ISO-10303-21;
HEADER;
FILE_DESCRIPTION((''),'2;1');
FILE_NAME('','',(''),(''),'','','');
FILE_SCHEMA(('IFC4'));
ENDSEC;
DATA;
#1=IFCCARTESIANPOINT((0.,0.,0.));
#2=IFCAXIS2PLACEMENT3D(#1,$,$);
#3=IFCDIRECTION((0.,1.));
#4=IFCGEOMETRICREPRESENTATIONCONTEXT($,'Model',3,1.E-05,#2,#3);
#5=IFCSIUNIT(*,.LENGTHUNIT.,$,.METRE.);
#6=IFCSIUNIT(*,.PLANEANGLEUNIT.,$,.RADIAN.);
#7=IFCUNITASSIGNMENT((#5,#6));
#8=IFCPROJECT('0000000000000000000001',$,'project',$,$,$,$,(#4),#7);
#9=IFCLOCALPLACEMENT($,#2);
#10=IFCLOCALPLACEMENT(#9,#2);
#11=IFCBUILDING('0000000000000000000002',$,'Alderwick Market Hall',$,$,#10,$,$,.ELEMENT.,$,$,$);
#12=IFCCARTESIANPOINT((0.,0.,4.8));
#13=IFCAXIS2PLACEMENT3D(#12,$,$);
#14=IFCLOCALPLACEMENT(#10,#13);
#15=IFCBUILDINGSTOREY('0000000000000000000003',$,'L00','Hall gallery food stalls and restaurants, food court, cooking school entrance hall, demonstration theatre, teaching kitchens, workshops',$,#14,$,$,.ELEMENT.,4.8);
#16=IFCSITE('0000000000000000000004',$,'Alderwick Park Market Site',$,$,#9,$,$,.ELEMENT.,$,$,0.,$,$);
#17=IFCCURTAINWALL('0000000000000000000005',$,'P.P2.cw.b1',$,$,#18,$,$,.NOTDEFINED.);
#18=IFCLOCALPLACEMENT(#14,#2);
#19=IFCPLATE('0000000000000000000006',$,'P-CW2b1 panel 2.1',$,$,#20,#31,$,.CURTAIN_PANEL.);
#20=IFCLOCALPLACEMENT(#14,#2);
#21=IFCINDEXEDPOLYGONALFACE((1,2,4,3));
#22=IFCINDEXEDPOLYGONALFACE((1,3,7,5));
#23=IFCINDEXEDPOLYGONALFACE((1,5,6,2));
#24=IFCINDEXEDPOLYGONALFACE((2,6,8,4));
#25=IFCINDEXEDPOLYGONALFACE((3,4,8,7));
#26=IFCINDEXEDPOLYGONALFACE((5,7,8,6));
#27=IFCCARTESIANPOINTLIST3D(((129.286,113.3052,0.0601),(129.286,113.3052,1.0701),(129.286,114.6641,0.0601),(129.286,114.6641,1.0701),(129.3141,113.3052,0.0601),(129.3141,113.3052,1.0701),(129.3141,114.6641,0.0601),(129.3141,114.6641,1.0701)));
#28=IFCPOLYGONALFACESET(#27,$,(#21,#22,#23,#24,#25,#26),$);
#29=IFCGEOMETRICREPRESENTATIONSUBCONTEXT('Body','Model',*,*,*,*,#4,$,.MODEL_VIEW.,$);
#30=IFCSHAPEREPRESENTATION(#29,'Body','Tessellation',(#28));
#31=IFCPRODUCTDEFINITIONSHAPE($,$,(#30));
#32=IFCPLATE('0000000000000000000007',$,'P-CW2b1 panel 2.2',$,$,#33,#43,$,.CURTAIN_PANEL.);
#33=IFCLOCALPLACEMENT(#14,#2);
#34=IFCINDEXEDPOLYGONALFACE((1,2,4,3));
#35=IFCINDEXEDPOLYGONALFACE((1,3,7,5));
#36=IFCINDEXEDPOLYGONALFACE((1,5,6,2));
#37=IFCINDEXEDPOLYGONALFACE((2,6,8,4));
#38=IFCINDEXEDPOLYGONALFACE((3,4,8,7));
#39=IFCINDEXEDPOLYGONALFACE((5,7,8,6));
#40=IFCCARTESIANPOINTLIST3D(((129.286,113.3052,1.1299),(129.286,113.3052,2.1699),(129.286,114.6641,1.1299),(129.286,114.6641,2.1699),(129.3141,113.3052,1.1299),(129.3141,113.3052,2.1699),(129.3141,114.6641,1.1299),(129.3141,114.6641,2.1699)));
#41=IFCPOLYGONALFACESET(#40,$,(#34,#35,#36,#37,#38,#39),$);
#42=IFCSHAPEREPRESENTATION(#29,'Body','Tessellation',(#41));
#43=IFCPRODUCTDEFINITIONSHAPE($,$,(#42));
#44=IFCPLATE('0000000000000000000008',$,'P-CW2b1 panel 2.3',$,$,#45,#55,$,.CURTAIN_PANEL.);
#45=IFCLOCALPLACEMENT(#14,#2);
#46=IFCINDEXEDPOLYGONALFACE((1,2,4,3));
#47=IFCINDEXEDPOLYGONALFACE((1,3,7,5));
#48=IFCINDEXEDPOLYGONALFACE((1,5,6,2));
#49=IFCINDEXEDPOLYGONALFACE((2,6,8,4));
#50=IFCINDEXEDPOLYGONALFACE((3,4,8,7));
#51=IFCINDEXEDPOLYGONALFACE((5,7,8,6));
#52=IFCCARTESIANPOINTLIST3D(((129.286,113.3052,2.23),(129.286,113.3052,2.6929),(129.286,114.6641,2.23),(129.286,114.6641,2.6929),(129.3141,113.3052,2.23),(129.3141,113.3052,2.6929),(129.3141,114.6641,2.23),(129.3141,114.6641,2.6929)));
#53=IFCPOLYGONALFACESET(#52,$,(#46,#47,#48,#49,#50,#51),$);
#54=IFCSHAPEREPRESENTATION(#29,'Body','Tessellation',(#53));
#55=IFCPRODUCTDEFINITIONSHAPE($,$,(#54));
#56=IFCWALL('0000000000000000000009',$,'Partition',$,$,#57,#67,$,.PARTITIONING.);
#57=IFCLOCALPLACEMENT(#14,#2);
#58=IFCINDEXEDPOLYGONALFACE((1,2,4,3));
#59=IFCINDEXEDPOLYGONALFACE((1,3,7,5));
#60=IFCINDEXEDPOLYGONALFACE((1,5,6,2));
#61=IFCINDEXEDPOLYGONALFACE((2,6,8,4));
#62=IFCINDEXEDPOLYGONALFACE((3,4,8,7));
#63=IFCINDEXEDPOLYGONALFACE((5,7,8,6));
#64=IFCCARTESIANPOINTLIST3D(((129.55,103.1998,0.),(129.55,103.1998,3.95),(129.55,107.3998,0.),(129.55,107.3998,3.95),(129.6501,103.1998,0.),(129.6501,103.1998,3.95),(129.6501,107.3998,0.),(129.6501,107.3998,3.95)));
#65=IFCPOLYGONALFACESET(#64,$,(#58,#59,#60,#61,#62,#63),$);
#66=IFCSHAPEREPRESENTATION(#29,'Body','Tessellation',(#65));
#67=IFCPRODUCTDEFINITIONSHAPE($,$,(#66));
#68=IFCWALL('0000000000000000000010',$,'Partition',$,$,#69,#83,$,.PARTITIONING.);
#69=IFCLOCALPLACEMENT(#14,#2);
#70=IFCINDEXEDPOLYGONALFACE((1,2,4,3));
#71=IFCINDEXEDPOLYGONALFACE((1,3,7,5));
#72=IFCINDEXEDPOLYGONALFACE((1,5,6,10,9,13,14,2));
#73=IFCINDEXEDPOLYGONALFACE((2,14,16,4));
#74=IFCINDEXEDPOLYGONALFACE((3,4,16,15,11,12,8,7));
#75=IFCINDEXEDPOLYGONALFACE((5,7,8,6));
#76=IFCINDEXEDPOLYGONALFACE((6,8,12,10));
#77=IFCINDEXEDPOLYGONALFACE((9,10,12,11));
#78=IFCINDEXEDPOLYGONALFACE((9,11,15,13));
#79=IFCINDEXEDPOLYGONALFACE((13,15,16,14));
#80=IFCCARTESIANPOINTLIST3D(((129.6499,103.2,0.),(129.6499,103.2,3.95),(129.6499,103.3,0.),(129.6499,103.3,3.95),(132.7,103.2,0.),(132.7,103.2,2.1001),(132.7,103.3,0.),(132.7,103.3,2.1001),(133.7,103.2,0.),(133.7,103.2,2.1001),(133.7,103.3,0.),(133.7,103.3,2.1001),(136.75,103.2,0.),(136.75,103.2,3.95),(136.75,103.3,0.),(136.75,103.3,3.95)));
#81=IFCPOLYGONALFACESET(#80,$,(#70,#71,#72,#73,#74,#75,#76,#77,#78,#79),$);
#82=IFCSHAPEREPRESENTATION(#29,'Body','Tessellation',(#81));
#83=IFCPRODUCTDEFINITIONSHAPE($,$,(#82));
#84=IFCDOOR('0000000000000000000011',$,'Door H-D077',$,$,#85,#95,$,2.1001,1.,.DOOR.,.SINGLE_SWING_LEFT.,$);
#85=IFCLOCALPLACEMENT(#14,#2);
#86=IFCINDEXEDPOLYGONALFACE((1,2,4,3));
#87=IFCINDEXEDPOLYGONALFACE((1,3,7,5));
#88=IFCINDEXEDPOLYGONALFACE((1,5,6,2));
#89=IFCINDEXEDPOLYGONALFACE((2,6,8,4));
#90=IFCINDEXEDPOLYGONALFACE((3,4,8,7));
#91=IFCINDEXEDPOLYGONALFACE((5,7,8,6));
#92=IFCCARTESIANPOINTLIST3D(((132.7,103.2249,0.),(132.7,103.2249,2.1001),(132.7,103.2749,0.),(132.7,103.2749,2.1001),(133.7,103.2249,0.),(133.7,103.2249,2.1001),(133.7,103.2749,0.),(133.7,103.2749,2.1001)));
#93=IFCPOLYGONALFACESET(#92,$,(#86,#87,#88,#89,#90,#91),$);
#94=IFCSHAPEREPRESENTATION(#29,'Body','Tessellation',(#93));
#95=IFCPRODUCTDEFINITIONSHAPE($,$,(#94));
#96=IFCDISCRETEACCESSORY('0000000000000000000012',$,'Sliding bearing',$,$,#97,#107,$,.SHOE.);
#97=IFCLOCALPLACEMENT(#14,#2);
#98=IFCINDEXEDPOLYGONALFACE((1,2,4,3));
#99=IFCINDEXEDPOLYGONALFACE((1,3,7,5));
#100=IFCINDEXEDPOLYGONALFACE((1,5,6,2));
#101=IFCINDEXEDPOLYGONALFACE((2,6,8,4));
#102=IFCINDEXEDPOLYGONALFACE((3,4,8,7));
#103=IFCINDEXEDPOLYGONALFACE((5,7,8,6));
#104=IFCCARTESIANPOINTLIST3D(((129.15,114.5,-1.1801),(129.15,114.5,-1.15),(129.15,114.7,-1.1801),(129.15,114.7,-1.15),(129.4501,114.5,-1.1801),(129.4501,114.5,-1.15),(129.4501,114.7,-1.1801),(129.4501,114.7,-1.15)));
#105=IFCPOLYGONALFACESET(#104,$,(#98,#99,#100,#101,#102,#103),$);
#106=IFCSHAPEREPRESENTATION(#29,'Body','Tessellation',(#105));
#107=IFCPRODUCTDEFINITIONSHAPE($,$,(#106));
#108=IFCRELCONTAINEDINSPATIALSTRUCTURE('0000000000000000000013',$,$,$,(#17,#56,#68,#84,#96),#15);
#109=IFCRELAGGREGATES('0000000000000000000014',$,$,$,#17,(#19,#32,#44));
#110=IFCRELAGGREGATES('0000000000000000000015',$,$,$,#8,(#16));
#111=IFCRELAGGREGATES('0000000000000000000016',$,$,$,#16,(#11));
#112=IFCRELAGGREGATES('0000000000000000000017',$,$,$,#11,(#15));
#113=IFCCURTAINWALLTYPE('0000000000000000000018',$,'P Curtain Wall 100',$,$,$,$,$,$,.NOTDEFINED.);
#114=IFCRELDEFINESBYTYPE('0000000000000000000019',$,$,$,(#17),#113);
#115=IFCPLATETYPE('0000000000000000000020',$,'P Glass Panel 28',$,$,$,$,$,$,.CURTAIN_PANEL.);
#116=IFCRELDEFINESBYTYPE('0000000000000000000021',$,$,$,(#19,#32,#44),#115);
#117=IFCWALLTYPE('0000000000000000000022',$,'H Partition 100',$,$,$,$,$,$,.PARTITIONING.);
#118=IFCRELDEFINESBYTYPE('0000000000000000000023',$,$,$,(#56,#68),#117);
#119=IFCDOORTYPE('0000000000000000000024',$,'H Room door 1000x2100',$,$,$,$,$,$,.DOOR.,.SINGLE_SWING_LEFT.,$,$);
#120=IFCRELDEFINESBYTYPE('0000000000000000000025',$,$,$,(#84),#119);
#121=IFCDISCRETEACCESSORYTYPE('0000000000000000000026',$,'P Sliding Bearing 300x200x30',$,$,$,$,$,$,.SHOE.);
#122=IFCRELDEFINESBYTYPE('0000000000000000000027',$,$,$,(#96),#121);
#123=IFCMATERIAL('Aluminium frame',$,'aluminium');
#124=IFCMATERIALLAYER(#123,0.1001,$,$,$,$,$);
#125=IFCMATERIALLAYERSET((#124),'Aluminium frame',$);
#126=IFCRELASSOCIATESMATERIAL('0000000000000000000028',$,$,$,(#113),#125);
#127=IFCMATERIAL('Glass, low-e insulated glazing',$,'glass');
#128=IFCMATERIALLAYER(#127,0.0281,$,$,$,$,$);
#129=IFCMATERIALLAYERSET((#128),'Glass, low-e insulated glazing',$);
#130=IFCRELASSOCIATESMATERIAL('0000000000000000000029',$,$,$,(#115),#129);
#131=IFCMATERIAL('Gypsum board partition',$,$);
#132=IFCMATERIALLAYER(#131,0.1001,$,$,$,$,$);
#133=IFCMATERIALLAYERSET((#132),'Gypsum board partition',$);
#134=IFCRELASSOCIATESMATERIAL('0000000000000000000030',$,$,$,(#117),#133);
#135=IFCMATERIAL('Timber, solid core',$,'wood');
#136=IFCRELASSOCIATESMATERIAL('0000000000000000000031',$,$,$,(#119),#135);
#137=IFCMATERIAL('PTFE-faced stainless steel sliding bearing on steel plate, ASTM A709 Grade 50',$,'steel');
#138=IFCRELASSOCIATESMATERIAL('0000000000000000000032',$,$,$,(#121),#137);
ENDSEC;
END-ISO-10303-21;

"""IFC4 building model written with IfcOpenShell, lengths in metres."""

from ifc_helpers import new_model, si_unit, direction, frame, frame_2d, origin, origin_2d, place, context, subcontext, project, spatial, rectangle, extrude, material, layer, layer_set, material_profile, profile_set, type_object, element, fill, aggregate, save


model = new_model("IFC4")

# Units and contexts
model_context = context("Model", 3, precision=1e-05, world=origin(), true_north=direction((0.0, 1.0)))
body_context = subcontext(model_context, "Body", "Model", "MODEL_VIEW")
ifc_project = project(units=[si_unit("LENGTHUNIT", "METRE"), si_unit("PLANEANGLEUNIT", "RADIAN")], contexts=[model_context])

# Site, building, storey
site_placement = place(None, origin())
site = spatial("IfcSite", under=ifc_project, at=site_placement, Name="Alderwick Park Market Site", CompositionType="ELEMENT", RefElevation=0.0)
building_placement = place(site_placement, origin())
building = spatial("IfcBuilding", under=site, at=building_placement, Name="Alderwick Market Hall", CompositionType="ELEMENT")
storey_placement = place(building_placement, frame((0.0, 0.0, 4.8)))
storey = spatial("IfcBuildingStorey", under=building, at=storey_placement, Name="L00", Description="Hall gallery food stalls and restaurants, food court, cooking school entrance hall, demonstration theatre, teaching kitchens, workshops", CompositionType="ELEMENT", Elevation=4.8)

# Curtain wall
ifc_material_1 = material(Name="Aluminium frame", Category="aluminium")
ifc_layer_1 = layer(ifc_material_1, 0.1001)
ifc_layer_set_1 = layer_set([ifc_layer_1], Name="Aluminium frame")
curtain_wall_type = type_object("IfcCurtainWallType", Name="P Curtain Wall 100", PredefinedType="NOTDEFINED", material=ifc_layer_set_1)
curtain_wall_placement = place(storey_placement, origin())
curtain_wall = element("IfcCurtainWall", 1, at=curtain_wall_placement, inside=storey, type_object=curtain_wall_type, Name="P.P2.cw.b1", PredefinedType="NOTDEFINED")

# Plates
ifc_material_2 = material(Name="Glass, low-e insulated glazing", Category="glass")
ifc_layer_2 = layer(ifc_material_2, 0.0281)
ifc_layer_set_2 = layer_set([ifc_layer_2], Name="Glass, low-e insulated glazing")
plate_type = type_object("IfcPlateType", Name="P Glass Panel 28", PredefinedType="CURTAIN_PANEL", material=ifc_layer_set_2)
plate_1_placement = place(storey_placement, frame((129.3, 113.9846, 0.0601), z_axis=(0.0, 0.0, 1.0), x_axis=(0.0, 1.0, 0.0)))
plate_1 = element("IfcPlate", 2, at=plate_1_placement, type_object=plate_type, Name="P-CW2b1 panel 2.1", PredefinedType="CURTAIN_PANEL", context=body_context, shape_type="SweptSolid", body=[
    extrude(rectangle(XDim=1.3589, YDim=0.0281, at=origin_2d()), origin(), (0.0, 0.0, 1.0), 1.01),
])
plate_2_placement = place(storey_placement, frame((129.3, 113.9846, 1.1299), z_axis=(0.0, 0.0, 1.0), x_axis=(0.0, 1.0, 0.0)))
plate_2 = element("IfcPlate", 3, at=plate_2_placement, type_object=plate_type, Name="P-CW2b1 panel 2.2", PredefinedType="CURTAIN_PANEL", context=body_context, shape_type="SweptSolid", body=[
    extrude(rectangle(XDim=1.3589, YDim=0.0281, at=origin_2d()), origin(), (0.0, 0.0, 1.0), 1.04),
])
plate_3_placement = place(storey_placement, frame((129.3, 113.9846, 2.23), z_axis=(0.0, 0.0, 1.0), x_axis=(0.0, 1.0, 0.0)))
plate_3 = element("IfcPlate", 4, at=plate_3_placement, type_object=plate_type, Name="P-CW2b1 panel 2.3", PredefinedType="CURTAIN_PANEL", context=body_context, shape_type="SweptSolid", body=[
    extrude(rectangle(XDim=1.3589, YDim=0.0281, at=origin_2d()), origin(), (0.0, 0.0, 1.0), 0.4629),
])
aggregate(curtain_wall, [plate_1, plate_2, plate_3])

# Wall
ifc_material_3 = material(Name="Gypsum board partition")
ifc_layer_3 = layer(ifc_material_3, 0.1001)
ifc_layer_set_3 = layer_set([ifc_layer_3], Name="Gypsum board partition")
wall_type = type_object("IfcWallType", Name="H Partition 100", PredefinedType="PARTITIONING", material=ifc_layer_set_3)
wall_1_placement = place(storey_placement, frame((129.6001, 107.3999, 0.0), z_axis=(0.0, 0.0, 1.0), x_axis=(0.0, -1.0, 0.0)))
element("IfcWall", 5, at=wall_1_placement, inside=storey, type_object=wall_type, Name="Partition", PredefinedType="PARTITIONING", context=body_context, shape_type="SweptSolid", body=[
    extrude(rectangle(XDim=4.2, YDim=0.1001, at=frame_2d((2.1001, 0.0))), origin(), (0.0, 0.0, 1.0), 3.95),
])

# Wall, opening, door
wall_2_placement = place(storey_placement, frame((129.6499, 103.25, 0.0), z_axis=(0.0, 0.0, 1.0), x_axis=(1.0, 0.0, 0.0)))
wall_2 = element("IfcWall", 6, at=wall_2_placement, inside=storey, type_object=wall_type, Name="Partition", PredefinedType="PARTITIONING", context=body_context, shape_type="SweptSolid", body=[
    extrude(rectangle(XDim=7.1001, YDim=0.1001, at=frame_2d((3.55, 0.0))), origin(), (0.0, 0.0, 1.0), 3.95),
])
opening_placement = place(wall_2_placement, frame((3.05, 0.0, 0.0)))
opening = element("IfcOpeningElement", 7, at=opening_placement, cuts=wall_2, PredefinedType="OPENING", context=body_context, shape_type="SweptSolid", body=[
    extrude(rectangle(XDim=1.0, YDim=2.1001, at=frame_2d((0.5, 1.05))), frame((0.0, 0.0601, 0.0), z_axis=(0.0, -1.0, 0.0), x_axis=(1.0, 0.0, 0.0)), (0.0, 0.0, 1.0), 0.1201),
])
ifc_material_4 = material(Name="Timber, solid core", Category="wood")
door_type = type_object("IfcDoorType", Name="H Room door 1000x2100", OperationType="SINGLE_SWING_LEFT", PredefinedType="DOOR", material=ifc_material_4)
door_placement = place(opening_placement, origin())
door = element("IfcDoor", 8, at=door_placement, inside=storey, type_object=door_type, Name="Door H-D077", OperationType="SINGLE_SWING_LEFT", OverallHeight=2.1001, OverallWidth=1.0, PredefinedType="DOOR", context=body_context, shape_type="SweptSolid", body=[
    extrude(rectangle(XDim=1.0, YDim=2.1001, at=frame_2d((0.5, 1.05))), frame((0.0, 0.0249, 0.0), z_axis=(0.0, -1.0, 0.0), x_axis=(1.0, 0.0, 0.0)), (0.0, 0.0, 1.0), 0.05),
])
fill(opening, door)

# Discrete accessory
ifc_material_5 = material(Name="PTFE-faced stainless steel sliding bearing on steel plate, ASTM A709 Grade 50", Category="steel")
ifc_material_profile_1 = material_profile(ifc_material_5, rectangle(XDim=0.3, YDim=0.03, at=origin_2d()), Name="P Sliding Bearing 300x200x30")
ifc_profile_set_1 = profile_set([ifc_material_profile_1], Name="PTFE-faced stainless steel sliding bearing on steel plate, ASTM A709 Grade 50")
discrete_accessory_type = type_object("IfcDiscreteAccessoryType", Name="P Sliding Bearing 300x200x30", PredefinedType="SHOE", material=ifc_profile_set_1)
discrete_accessory_placement = place(storey_placement, frame((129.3, 114.5, -1.165), z_axis=(0.0, 1.0, 0.0), x_axis=(-1.0, 0.0, 0.0)))
element("IfcDiscreteAccessory", 9, at=discrete_accessory_placement, inside=storey, type_object=discrete_accessory_type, Name="Sliding bearing", PredefinedType="SHOE", context=body_context, shape_type="SweptSolid", body=[
    extrude(rectangle(XDim=0.3, YDim=0.03, at=origin_2d()), origin(), (0.0, 0.0, 1.0), 0.2),
])

save(model, "model.ifc")
